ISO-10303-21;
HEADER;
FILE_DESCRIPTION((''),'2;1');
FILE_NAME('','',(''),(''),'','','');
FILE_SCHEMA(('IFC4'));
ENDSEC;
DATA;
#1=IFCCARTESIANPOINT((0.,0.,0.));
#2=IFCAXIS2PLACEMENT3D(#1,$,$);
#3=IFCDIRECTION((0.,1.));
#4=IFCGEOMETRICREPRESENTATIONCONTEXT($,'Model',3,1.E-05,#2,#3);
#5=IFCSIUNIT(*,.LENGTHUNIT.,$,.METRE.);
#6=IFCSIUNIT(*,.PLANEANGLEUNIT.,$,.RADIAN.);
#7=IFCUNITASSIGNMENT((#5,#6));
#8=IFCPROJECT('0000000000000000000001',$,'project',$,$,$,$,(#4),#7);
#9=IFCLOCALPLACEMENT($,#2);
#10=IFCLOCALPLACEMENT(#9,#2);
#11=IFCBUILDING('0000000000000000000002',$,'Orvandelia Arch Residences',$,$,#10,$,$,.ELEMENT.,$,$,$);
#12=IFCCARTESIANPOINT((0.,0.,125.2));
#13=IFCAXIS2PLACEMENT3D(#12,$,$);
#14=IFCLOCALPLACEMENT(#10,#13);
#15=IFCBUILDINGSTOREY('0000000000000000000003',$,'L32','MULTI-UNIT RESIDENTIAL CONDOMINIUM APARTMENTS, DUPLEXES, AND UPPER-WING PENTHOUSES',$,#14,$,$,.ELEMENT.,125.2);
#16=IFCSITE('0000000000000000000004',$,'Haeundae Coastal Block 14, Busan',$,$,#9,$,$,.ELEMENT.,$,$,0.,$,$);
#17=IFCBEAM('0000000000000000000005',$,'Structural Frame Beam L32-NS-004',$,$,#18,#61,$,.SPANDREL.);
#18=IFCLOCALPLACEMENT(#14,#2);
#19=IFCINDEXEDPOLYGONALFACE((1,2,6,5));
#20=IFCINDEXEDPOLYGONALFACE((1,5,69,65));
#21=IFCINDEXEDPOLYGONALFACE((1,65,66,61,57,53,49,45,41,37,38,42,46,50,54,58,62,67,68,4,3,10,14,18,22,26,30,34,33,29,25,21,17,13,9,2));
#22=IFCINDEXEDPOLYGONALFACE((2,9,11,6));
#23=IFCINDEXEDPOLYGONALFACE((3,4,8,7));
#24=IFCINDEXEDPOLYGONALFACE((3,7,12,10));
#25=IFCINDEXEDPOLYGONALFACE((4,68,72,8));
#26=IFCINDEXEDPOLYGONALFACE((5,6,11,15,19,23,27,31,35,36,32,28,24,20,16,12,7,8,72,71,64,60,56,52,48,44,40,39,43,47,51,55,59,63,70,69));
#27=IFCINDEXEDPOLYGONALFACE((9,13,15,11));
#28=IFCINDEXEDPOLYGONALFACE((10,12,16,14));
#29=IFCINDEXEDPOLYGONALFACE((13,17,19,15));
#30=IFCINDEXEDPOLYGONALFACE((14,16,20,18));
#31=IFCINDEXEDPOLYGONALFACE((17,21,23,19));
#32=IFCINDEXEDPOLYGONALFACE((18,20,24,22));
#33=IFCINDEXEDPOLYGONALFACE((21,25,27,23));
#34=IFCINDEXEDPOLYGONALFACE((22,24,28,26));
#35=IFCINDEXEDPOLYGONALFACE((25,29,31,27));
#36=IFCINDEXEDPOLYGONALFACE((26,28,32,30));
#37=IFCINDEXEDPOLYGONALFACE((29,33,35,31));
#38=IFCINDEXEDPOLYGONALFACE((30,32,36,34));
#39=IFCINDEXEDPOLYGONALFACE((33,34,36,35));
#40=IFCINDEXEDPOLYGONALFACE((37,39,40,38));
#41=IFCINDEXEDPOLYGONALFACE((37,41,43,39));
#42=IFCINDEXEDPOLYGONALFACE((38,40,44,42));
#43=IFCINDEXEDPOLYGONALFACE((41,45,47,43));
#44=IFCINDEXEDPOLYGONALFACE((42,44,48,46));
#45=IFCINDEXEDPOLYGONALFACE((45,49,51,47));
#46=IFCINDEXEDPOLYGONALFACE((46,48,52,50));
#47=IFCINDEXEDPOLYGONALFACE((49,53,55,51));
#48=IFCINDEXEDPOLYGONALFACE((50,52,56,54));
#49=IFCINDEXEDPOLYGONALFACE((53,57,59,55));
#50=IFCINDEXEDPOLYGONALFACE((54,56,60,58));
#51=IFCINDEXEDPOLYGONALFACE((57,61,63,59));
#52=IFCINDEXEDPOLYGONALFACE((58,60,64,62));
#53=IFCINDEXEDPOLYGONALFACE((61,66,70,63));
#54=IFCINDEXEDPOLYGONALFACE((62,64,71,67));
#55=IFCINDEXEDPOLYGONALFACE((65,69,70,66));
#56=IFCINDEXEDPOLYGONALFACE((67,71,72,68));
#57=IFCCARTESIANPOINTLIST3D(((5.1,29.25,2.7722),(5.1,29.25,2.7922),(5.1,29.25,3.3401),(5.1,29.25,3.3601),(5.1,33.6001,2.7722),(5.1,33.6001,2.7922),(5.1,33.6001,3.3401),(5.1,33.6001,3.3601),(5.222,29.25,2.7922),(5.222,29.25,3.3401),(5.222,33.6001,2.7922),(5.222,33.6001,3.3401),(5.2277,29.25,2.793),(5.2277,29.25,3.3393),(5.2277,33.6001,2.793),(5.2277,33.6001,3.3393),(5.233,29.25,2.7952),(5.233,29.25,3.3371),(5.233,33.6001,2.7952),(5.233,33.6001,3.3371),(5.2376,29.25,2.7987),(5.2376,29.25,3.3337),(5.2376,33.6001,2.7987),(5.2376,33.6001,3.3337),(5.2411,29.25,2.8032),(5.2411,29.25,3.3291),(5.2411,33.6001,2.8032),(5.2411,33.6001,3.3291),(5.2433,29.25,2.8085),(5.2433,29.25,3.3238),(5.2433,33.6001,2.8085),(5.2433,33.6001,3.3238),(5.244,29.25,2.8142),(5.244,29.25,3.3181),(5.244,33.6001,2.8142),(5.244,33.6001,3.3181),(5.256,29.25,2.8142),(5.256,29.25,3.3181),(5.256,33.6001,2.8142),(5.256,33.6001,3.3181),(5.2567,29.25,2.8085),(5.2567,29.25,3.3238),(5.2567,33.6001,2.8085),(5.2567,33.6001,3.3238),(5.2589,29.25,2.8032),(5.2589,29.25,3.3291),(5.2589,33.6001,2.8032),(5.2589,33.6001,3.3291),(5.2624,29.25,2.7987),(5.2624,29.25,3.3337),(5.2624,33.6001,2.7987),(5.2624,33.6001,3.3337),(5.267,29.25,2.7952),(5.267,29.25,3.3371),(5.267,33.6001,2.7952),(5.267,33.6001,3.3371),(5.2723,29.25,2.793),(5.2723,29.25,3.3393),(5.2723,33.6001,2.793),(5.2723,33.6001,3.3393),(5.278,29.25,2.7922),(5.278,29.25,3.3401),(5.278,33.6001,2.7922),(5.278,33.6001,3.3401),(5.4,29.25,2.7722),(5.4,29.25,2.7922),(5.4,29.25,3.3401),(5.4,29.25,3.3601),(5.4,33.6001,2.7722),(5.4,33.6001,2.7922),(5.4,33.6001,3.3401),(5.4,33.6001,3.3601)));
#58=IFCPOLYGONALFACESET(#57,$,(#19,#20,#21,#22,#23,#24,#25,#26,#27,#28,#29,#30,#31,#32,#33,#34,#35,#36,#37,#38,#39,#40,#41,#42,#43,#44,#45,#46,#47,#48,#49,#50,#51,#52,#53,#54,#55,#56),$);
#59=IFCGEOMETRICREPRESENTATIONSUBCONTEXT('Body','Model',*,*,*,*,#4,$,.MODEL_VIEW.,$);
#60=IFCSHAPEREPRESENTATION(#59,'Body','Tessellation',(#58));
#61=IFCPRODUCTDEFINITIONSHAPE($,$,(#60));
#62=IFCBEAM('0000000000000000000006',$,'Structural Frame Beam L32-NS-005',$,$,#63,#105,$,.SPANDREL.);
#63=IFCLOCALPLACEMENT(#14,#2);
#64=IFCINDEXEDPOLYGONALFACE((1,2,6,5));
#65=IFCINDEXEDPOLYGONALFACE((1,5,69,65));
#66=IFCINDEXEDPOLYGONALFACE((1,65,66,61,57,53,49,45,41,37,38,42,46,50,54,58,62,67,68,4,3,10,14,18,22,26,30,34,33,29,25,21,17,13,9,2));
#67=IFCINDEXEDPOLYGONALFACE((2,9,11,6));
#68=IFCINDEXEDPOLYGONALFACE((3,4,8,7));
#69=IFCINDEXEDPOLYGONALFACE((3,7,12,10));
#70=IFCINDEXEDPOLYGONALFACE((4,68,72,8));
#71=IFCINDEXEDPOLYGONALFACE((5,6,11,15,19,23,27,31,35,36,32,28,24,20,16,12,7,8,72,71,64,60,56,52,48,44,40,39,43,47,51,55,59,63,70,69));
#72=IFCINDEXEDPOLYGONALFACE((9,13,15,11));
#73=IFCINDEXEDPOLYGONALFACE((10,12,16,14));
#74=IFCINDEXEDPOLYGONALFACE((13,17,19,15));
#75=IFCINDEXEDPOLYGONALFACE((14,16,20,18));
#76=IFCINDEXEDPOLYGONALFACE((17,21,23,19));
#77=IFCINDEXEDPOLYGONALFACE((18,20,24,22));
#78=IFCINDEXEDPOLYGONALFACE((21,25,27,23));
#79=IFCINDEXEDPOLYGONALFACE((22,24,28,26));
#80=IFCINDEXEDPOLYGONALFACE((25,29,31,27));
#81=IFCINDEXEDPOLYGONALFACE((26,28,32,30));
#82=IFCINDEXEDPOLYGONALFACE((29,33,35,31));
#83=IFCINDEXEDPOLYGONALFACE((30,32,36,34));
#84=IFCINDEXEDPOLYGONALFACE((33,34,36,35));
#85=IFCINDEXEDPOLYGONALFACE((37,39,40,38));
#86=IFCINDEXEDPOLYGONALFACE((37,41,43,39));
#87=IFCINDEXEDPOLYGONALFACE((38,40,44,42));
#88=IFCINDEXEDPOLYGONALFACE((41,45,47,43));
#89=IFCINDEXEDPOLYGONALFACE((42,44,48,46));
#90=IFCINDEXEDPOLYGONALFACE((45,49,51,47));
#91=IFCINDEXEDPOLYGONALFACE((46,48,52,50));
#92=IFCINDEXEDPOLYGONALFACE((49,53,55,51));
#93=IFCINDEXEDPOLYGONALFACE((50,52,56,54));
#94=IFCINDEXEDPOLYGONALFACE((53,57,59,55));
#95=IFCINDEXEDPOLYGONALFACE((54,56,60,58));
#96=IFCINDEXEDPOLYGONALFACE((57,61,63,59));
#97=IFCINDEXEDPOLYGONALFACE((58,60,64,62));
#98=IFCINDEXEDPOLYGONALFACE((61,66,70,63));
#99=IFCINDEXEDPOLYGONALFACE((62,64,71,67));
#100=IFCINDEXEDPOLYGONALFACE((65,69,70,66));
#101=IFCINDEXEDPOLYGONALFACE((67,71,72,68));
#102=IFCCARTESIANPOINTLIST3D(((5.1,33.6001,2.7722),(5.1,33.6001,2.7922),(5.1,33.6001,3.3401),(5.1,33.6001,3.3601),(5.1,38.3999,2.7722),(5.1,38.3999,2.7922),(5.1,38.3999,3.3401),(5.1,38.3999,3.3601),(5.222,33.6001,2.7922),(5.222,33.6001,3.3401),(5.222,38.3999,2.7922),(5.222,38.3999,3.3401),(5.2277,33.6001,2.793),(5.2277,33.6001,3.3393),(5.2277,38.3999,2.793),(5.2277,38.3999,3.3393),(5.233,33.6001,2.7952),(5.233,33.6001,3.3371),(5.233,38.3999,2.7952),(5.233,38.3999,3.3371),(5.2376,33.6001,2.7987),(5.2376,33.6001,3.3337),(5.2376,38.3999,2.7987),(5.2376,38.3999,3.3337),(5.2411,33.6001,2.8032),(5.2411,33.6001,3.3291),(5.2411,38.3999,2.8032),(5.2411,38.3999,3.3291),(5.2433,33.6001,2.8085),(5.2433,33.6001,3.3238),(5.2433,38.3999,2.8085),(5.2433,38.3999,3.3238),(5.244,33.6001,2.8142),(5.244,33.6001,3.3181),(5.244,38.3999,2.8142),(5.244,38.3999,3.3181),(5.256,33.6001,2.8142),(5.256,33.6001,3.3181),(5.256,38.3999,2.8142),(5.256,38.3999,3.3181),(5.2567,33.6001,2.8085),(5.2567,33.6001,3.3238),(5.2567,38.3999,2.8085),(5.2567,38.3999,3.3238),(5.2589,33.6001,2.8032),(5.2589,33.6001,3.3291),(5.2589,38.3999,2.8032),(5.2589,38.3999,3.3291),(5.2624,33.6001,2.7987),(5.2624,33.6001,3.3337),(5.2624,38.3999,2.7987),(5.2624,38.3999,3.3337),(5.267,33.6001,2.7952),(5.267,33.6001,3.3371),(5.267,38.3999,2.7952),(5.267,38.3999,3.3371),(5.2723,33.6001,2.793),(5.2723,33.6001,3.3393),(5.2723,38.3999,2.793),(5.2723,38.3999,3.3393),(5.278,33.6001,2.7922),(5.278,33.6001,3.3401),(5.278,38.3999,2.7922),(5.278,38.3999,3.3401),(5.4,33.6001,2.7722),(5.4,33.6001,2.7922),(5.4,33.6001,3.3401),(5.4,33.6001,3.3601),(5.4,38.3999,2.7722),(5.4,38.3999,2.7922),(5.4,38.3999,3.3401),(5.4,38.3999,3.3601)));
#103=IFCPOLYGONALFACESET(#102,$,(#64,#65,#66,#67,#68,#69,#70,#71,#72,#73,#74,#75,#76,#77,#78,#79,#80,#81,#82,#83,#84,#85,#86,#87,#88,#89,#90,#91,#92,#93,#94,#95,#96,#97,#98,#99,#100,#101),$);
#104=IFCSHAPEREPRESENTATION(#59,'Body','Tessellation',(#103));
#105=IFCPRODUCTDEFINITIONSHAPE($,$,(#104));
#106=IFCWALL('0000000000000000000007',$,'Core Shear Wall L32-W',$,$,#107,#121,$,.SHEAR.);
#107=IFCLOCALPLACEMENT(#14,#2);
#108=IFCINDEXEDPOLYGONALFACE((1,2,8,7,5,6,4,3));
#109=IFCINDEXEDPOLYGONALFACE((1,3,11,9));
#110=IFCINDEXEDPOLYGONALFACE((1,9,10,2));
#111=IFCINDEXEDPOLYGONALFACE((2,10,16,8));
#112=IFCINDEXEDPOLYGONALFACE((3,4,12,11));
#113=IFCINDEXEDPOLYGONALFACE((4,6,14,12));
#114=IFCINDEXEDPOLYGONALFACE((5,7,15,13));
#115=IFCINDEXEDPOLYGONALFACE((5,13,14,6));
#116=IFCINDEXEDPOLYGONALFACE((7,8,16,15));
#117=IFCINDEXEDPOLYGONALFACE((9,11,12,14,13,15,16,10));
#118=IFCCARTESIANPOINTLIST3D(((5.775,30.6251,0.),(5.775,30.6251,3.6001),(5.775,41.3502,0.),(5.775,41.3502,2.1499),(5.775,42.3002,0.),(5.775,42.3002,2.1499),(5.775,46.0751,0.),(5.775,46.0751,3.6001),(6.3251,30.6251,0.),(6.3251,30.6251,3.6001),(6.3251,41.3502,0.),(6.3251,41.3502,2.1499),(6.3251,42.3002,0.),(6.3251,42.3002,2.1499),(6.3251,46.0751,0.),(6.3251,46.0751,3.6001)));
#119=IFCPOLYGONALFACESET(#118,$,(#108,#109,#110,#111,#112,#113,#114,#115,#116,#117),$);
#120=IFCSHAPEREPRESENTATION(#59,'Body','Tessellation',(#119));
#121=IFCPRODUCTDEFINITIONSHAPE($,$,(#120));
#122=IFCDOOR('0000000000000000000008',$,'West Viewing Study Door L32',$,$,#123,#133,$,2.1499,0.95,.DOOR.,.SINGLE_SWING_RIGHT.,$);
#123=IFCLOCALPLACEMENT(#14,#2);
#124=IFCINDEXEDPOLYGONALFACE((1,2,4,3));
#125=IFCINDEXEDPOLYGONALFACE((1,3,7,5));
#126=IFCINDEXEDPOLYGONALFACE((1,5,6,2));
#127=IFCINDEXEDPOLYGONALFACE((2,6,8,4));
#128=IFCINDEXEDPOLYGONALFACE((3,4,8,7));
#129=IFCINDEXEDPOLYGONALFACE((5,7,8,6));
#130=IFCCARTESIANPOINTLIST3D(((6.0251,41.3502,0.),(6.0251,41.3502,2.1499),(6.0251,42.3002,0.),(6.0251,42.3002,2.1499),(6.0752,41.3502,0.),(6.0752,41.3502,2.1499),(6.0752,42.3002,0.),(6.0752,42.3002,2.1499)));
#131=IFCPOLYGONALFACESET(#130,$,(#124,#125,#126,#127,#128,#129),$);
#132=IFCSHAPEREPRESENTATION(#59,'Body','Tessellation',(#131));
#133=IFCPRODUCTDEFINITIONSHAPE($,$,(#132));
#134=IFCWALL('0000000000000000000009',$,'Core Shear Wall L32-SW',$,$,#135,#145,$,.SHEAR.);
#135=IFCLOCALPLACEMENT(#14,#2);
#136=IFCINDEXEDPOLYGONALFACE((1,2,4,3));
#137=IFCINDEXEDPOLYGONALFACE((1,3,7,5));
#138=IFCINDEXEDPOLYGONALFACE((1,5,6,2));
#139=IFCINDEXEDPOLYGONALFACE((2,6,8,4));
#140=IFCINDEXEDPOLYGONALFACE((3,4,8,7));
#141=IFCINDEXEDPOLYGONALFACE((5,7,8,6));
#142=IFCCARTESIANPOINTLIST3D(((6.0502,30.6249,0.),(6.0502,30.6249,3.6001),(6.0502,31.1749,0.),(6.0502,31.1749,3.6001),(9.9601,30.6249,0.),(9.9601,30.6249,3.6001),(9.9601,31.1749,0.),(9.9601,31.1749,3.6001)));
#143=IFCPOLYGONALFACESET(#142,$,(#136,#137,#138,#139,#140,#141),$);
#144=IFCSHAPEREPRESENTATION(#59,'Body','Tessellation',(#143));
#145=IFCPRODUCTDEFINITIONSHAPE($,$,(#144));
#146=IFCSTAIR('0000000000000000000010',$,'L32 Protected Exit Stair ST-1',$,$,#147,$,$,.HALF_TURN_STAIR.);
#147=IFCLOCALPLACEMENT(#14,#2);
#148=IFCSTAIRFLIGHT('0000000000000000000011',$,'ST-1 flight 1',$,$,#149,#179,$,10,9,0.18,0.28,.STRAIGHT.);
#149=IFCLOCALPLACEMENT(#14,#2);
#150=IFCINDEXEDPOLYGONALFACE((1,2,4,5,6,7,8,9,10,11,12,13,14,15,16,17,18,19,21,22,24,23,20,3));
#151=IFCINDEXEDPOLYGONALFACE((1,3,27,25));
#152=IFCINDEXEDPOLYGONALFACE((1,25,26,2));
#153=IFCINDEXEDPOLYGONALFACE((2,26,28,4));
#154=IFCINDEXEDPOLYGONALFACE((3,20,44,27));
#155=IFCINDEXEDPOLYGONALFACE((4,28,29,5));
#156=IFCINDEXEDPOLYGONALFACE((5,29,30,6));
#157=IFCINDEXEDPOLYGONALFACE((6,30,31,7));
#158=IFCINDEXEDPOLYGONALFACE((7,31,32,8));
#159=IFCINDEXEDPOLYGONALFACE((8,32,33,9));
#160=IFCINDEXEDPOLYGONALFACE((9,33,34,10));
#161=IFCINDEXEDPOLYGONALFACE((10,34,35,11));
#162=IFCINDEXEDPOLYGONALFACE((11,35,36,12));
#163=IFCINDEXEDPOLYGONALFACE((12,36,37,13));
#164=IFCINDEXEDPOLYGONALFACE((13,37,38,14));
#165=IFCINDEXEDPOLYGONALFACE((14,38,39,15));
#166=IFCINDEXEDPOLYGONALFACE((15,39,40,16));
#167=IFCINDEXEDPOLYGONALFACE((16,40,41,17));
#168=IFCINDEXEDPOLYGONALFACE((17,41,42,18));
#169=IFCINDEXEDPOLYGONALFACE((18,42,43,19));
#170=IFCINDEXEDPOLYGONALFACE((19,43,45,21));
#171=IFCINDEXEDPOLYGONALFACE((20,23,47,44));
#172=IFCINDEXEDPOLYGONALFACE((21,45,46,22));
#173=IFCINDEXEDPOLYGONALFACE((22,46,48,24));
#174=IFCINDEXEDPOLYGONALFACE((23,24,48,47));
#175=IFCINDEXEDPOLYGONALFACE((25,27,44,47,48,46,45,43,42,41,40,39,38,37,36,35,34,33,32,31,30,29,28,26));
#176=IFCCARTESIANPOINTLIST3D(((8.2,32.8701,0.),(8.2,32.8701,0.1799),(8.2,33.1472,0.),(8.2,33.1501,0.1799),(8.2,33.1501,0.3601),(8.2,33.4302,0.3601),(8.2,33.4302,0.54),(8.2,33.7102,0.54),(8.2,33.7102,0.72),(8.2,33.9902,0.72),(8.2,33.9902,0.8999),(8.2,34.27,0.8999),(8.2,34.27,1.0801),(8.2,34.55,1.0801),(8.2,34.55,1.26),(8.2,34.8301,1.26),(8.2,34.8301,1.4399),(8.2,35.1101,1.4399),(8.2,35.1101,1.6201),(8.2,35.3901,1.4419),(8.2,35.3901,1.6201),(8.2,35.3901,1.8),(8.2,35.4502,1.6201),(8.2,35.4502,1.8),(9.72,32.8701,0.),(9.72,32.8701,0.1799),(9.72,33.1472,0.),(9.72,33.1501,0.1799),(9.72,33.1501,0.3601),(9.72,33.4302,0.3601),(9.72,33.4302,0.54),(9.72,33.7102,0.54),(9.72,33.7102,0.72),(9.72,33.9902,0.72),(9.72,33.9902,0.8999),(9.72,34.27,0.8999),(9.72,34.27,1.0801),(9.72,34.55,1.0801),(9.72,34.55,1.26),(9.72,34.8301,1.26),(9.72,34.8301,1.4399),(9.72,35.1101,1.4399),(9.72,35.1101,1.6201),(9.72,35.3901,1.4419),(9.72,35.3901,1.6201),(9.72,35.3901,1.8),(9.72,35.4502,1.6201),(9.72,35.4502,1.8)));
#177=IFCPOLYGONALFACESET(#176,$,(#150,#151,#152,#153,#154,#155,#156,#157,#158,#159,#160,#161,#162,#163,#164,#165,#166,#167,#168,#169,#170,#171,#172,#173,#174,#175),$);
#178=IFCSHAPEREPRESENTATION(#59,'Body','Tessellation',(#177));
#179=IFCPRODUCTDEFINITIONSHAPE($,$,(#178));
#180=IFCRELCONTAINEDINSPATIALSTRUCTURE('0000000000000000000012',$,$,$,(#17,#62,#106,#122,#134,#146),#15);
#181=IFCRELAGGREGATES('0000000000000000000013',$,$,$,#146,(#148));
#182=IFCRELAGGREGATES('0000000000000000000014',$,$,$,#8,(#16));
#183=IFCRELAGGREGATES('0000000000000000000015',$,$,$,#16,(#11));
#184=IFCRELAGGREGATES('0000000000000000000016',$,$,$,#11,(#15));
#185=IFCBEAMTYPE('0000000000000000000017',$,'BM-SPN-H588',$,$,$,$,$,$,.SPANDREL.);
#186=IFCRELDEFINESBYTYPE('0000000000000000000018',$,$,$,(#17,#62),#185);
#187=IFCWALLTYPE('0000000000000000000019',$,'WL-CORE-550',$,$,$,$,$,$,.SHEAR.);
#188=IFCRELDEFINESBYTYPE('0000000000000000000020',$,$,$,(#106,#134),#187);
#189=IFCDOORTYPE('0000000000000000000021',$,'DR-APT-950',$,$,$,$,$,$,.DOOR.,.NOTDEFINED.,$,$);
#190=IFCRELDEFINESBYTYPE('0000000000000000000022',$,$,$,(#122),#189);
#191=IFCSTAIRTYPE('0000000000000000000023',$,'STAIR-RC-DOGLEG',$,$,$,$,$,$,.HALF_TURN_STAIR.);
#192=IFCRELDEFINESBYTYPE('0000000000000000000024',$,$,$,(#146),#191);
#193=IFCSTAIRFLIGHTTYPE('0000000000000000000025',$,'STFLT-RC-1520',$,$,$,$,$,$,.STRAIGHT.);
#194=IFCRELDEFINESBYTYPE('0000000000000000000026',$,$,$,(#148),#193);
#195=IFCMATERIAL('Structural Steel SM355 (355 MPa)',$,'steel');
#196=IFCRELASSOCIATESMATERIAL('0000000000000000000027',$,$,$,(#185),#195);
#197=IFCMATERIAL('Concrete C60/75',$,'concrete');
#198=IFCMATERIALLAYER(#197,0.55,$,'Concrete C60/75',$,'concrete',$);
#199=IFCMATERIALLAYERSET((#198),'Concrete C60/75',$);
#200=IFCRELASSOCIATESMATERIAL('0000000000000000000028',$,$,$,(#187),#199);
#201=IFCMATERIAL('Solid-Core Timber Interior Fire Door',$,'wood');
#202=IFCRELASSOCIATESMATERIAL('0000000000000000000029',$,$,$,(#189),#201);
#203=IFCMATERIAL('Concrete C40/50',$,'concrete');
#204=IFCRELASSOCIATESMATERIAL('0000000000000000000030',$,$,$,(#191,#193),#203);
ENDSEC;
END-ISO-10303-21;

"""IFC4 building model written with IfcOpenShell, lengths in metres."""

from ifc_helpers import new_model, si_unit, direction, frame, frame_2d, origin, origin_2d, place, context, subcontext, project, spatial, polyline, rectangle, i_section, outline, extrude, material, layer, layer_set, material_profile, profile_set, type_object, element, fill, aggregate, save


model = new_model("IFC4")

# Units and contexts
model_context = context("Model", 3, precision=1e-05, world=origin(), true_north=direction((0.0, 1.0)))
body_context = subcontext(model_context, "Body", "Model", "MODEL_VIEW")
ifc_project = project(units=[si_unit("LENGTHUNIT", "METRE"), si_unit("PLANEANGLEUNIT", "RADIAN")], contexts=[model_context])

# Site, building, storey
site_placement = place(None, origin())
site = spatial("IfcSite", under=ifc_project, at=site_placement, Name="Haeundae Coastal Block 14, Busan", CompositionType="ELEMENT", RefElevation=0.0)
building_placement = place(site_placement, origin())
building = spatial("IfcBuilding", under=site, at=building_placement, Name="Orvandelia Arch Residences", CompositionType="ELEMENT")
storey_placement = place(building_placement, frame((0.0, 0.0, 125.2)))
storey = spatial("IfcBuildingStorey", under=building, at=storey_placement, Name="L32", Description="MULTI-UNIT RESIDENTIAL CONDOMINIUM APARTMENTS, DUPLEXES, AND UPPER-WING PENTHOUSES", CompositionType="ELEMENT", Elevation=125.2)

# Shared definitions
ifc_material_1 = material(Name="Concrete C60/75", Category="concrete")

# Beams
ifc_material_2 = material(Name="Structural Steel SM355 (355 MPa)", Category="steel")
ifc_material_profile_1 = material_profile(ifc_material_2, i_section(OverallWidth=0.3, OverallDepth=0.5879, WebThickness=0.012, FlangeThickness=0.02, FilletRadius=0.022, at=origin_2d()), Name="Structural Steel SM355 (355 MPa)", Category="steel")
ifc_profile_set_1 = profile_set([ifc_material_profile_1], Name="Structural Steel SM355 (355 MPa)")
beam_type_1 = type_object("IfcBeamType", Name="BM-SPN-H588", PredefinedType="SPANDREL", material=ifc_profile_set_1)
beam_1_placement = place(storey_placement, frame((5.25, 29.25, 3.0662), z_axis=(0.0, 1.0, 0.0), x_axis=(-1.0, 0.0, 0.0)))
element("IfcBeam", 1, at=beam_1_placement, inside=storey, type_object=beam_type_1, Name="Structural Frame Beam L32-NS-004", PredefinedType="SPANDREL", context=body_context, shape_type="SweptSolid", body=[
    extrude(i_section(OverallWidth=0.3, OverallDepth=0.5879, WebThickness=0.012, FlangeThickness=0.02, FilletRadius=0.022, at=origin_2d()), origin(), (0.0, 0.0, 1.0), 4.3501),
])
beam_2_placement = place(storey_placement, frame((5.25, 33.6001, 3.0662), z_axis=(0.0, 1.0, 0.0), x_axis=(-1.0, 0.0, 0.0)))
element("IfcBeam", 2, at=beam_2_placement, inside=storey, type_object=beam_type_1, Name="Structural Frame Beam L32-NS-005", PredefinedType="SPANDREL", context=body_context, shape_type="SweptSolid", body=[
    extrude(i_section(OverallWidth=0.3, OverallDepth=0.5879, WebThickness=0.012, FlangeThickness=0.02, FilletRadius=0.022, at=origin_2d()), origin(), (0.0, 0.0, 1.0), 4.7998),
])

# Wall, opening, door
ifc_layer = layer(ifc_material_1, 0.55, Name="Concrete C60/75", Category="concrete")
ifc_layer_set = layer_set([ifc_layer], Name="Concrete C60/75")
wall_type = type_object("IfcWallType", Name="WL-CORE-550", PredefinedType="SHEAR", material=ifc_layer_set)
wall_1_placement = place(storey_placement, frame((6.05, 30.625, 0.0), z_axis=(0.0, 0.0, 1.0), x_axis=(0.0, 1.0, 0.0)))
wall_1 = element("IfcWall", 3, at=wall_1_placement, inside=storey, type_object=wall_type, Name="Core Shear Wall L32-W", PredefinedType="SHEAR", context=body_context, shape_type="SweptSolid", body=[
    extrude(rectangle(XDim=15.45, YDim=0.55, at=frame_2d((7.7251, 0.0))), origin(), (0.0, 0.0, 1.0), 3.6001),
])
opening_placement = place(wall_1_placement, frame((10.7251, 0.0, 0.0)))
opening = element("IfcOpeningElement", 4, at=opening_placement, cuts=wall_1, PredefinedType="OPENING", context=body_context, shape_type="SweptSolid", body=[
    extrude(rectangle(XDim=0.95, YDim=2.1499, at=frame_2d((0.4751, 1.075))), frame((0.0, 0.2852, 0.0), z_axis=(0.0, -1.0, 0.0), x_axis=(1.0, 0.0, 0.0)), (0.0, 0.0, 1.0), 0.5701),
])
ifc_material_3 = material(Name="Solid-Core Timber Interior Fire Door", Category="wood")
door_type = type_object("IfcDoorType", Name="DR-APT-950", OperationType="NOTDEFINED", PredefinedType="DOOR", material=ifc_material_3)
door_placement = place(opening_placement, origin())
door = element("IfcDoor", 5, at=door_placement, inside=storey, type_object=door_type, Name="West Viewing Study Door L32", OperationType="SINGLE_SWING_RIGHT", OverallHeight=2.1499, OverallWidth=0.95, PredefinedType="DOOR", context=body_context, shape_type="SweptSolid", body=[
    extrude(rectangle(XDim=0.95, YDim=2.1499, at=frame_2d((0.4751, 1.075))), frame((0.0, 0.0249, 0.0), z_axis=(0.0, -1.0, 0.0), x_axis=(1.0, 0.0, 0.0)), (0.0, 0.0, 1.0), 0.05),
])
fill(opening, door)

# Wall
wall_2_placement = place(storey_placement, frame((6.05, 30.8999, 0.0), z_axis=(0.0, 0.0, 1.0), x_axis=(1.0, 0.0, 0.0)))
element("IfcWall", 6, at=wall_2_placement, inside=storey, type_object=wall_type, Name="Core Shear Wall L32-SW", PredefinedType="SHEAR", context=body_context, shape_type="SweptSolid", body=[
    extrude(rectangle(XDim=3.9099, YDim=0.55, at=frame_2d((1.9551, 0.0))), origin(), (0.0, 0.0, 1.0), 3.6001),
])

# Stair, stair flight
ifc_material_4 = material(Name="Concrete C40/50", Category="concrete")
stair_type = type_object("IfcStairType", Name="STAIR-RC-DOGLEG", PredefinedType="HALF_TURN_STAIR", material=ifc_material_4)
stair_placement = place(storey_placement, origin())
stair = element("IfcStair", 7, at=stair_placement, inside=storey, type_object=stair_type, Name="L32 Protected Exit Stair ST-1", PredefinedType="HALF_TURN_STAIR")
stair_flight_type = type_object("IfcStairFlightType", Name="STFLT-RC-1520", PredefinedType="STRAIGHT", material=ifc_material_4)
stair_flight_1_placement = place(storey_placement, frame((8.96, 32.8701, 0.0), z_axis=(0.0, 0.0, 1.0), x_axis=(0.0, 1.0, 0.0)))
stair_flight_1 = element("IfcStairFlight", 8, at=stair_flight_1_placement, type_object=stair_flight_type, Name="ST-1 flight 1", NumberOfRisers=10, NumberOfTreads=9, PredefinedType="STRAIGHT", RiserHeight=0.18, TreadLength=0.28, context=body_context, shape_type="SweptSolid", body=[
    extrude(outline(polyline([(0.0, 0.0), (0.0, 0.1799), (0.28, 0.1799), (0.28, 0.3601), (0.5601, 0.3601), (0.5601, 0.54), (0.8401, 0.54), (0.8401, 0.72), (1.1201, 0.72), (1.1201, 0.8999), (1.3999, 0.8999), (1.3999, 1.0801), (1.6799, 1.0801), (1.6799, 1.26), (1.96, 1.26), (1.96, 1.4399), (2.24, 1.4399), (2.24, 1.6201), (2.52, 1.6201), (2.52, 1.8), (2.5801, 1.8), (2.5801, 1.6201), (2.52, 1.4419), (0.2771, 0.0), (0.0, 0.0)])), frame((0.0, 0.76, 0.0), z_axis=(0.0, -1.0, 0.0), x_axis=(1.0, 0.0, 0.0)), (0.0, 0.0, 1.0), 1.52),
])
aggregate(stair, [stair_flight_1])

save(model, "model.ifc")
